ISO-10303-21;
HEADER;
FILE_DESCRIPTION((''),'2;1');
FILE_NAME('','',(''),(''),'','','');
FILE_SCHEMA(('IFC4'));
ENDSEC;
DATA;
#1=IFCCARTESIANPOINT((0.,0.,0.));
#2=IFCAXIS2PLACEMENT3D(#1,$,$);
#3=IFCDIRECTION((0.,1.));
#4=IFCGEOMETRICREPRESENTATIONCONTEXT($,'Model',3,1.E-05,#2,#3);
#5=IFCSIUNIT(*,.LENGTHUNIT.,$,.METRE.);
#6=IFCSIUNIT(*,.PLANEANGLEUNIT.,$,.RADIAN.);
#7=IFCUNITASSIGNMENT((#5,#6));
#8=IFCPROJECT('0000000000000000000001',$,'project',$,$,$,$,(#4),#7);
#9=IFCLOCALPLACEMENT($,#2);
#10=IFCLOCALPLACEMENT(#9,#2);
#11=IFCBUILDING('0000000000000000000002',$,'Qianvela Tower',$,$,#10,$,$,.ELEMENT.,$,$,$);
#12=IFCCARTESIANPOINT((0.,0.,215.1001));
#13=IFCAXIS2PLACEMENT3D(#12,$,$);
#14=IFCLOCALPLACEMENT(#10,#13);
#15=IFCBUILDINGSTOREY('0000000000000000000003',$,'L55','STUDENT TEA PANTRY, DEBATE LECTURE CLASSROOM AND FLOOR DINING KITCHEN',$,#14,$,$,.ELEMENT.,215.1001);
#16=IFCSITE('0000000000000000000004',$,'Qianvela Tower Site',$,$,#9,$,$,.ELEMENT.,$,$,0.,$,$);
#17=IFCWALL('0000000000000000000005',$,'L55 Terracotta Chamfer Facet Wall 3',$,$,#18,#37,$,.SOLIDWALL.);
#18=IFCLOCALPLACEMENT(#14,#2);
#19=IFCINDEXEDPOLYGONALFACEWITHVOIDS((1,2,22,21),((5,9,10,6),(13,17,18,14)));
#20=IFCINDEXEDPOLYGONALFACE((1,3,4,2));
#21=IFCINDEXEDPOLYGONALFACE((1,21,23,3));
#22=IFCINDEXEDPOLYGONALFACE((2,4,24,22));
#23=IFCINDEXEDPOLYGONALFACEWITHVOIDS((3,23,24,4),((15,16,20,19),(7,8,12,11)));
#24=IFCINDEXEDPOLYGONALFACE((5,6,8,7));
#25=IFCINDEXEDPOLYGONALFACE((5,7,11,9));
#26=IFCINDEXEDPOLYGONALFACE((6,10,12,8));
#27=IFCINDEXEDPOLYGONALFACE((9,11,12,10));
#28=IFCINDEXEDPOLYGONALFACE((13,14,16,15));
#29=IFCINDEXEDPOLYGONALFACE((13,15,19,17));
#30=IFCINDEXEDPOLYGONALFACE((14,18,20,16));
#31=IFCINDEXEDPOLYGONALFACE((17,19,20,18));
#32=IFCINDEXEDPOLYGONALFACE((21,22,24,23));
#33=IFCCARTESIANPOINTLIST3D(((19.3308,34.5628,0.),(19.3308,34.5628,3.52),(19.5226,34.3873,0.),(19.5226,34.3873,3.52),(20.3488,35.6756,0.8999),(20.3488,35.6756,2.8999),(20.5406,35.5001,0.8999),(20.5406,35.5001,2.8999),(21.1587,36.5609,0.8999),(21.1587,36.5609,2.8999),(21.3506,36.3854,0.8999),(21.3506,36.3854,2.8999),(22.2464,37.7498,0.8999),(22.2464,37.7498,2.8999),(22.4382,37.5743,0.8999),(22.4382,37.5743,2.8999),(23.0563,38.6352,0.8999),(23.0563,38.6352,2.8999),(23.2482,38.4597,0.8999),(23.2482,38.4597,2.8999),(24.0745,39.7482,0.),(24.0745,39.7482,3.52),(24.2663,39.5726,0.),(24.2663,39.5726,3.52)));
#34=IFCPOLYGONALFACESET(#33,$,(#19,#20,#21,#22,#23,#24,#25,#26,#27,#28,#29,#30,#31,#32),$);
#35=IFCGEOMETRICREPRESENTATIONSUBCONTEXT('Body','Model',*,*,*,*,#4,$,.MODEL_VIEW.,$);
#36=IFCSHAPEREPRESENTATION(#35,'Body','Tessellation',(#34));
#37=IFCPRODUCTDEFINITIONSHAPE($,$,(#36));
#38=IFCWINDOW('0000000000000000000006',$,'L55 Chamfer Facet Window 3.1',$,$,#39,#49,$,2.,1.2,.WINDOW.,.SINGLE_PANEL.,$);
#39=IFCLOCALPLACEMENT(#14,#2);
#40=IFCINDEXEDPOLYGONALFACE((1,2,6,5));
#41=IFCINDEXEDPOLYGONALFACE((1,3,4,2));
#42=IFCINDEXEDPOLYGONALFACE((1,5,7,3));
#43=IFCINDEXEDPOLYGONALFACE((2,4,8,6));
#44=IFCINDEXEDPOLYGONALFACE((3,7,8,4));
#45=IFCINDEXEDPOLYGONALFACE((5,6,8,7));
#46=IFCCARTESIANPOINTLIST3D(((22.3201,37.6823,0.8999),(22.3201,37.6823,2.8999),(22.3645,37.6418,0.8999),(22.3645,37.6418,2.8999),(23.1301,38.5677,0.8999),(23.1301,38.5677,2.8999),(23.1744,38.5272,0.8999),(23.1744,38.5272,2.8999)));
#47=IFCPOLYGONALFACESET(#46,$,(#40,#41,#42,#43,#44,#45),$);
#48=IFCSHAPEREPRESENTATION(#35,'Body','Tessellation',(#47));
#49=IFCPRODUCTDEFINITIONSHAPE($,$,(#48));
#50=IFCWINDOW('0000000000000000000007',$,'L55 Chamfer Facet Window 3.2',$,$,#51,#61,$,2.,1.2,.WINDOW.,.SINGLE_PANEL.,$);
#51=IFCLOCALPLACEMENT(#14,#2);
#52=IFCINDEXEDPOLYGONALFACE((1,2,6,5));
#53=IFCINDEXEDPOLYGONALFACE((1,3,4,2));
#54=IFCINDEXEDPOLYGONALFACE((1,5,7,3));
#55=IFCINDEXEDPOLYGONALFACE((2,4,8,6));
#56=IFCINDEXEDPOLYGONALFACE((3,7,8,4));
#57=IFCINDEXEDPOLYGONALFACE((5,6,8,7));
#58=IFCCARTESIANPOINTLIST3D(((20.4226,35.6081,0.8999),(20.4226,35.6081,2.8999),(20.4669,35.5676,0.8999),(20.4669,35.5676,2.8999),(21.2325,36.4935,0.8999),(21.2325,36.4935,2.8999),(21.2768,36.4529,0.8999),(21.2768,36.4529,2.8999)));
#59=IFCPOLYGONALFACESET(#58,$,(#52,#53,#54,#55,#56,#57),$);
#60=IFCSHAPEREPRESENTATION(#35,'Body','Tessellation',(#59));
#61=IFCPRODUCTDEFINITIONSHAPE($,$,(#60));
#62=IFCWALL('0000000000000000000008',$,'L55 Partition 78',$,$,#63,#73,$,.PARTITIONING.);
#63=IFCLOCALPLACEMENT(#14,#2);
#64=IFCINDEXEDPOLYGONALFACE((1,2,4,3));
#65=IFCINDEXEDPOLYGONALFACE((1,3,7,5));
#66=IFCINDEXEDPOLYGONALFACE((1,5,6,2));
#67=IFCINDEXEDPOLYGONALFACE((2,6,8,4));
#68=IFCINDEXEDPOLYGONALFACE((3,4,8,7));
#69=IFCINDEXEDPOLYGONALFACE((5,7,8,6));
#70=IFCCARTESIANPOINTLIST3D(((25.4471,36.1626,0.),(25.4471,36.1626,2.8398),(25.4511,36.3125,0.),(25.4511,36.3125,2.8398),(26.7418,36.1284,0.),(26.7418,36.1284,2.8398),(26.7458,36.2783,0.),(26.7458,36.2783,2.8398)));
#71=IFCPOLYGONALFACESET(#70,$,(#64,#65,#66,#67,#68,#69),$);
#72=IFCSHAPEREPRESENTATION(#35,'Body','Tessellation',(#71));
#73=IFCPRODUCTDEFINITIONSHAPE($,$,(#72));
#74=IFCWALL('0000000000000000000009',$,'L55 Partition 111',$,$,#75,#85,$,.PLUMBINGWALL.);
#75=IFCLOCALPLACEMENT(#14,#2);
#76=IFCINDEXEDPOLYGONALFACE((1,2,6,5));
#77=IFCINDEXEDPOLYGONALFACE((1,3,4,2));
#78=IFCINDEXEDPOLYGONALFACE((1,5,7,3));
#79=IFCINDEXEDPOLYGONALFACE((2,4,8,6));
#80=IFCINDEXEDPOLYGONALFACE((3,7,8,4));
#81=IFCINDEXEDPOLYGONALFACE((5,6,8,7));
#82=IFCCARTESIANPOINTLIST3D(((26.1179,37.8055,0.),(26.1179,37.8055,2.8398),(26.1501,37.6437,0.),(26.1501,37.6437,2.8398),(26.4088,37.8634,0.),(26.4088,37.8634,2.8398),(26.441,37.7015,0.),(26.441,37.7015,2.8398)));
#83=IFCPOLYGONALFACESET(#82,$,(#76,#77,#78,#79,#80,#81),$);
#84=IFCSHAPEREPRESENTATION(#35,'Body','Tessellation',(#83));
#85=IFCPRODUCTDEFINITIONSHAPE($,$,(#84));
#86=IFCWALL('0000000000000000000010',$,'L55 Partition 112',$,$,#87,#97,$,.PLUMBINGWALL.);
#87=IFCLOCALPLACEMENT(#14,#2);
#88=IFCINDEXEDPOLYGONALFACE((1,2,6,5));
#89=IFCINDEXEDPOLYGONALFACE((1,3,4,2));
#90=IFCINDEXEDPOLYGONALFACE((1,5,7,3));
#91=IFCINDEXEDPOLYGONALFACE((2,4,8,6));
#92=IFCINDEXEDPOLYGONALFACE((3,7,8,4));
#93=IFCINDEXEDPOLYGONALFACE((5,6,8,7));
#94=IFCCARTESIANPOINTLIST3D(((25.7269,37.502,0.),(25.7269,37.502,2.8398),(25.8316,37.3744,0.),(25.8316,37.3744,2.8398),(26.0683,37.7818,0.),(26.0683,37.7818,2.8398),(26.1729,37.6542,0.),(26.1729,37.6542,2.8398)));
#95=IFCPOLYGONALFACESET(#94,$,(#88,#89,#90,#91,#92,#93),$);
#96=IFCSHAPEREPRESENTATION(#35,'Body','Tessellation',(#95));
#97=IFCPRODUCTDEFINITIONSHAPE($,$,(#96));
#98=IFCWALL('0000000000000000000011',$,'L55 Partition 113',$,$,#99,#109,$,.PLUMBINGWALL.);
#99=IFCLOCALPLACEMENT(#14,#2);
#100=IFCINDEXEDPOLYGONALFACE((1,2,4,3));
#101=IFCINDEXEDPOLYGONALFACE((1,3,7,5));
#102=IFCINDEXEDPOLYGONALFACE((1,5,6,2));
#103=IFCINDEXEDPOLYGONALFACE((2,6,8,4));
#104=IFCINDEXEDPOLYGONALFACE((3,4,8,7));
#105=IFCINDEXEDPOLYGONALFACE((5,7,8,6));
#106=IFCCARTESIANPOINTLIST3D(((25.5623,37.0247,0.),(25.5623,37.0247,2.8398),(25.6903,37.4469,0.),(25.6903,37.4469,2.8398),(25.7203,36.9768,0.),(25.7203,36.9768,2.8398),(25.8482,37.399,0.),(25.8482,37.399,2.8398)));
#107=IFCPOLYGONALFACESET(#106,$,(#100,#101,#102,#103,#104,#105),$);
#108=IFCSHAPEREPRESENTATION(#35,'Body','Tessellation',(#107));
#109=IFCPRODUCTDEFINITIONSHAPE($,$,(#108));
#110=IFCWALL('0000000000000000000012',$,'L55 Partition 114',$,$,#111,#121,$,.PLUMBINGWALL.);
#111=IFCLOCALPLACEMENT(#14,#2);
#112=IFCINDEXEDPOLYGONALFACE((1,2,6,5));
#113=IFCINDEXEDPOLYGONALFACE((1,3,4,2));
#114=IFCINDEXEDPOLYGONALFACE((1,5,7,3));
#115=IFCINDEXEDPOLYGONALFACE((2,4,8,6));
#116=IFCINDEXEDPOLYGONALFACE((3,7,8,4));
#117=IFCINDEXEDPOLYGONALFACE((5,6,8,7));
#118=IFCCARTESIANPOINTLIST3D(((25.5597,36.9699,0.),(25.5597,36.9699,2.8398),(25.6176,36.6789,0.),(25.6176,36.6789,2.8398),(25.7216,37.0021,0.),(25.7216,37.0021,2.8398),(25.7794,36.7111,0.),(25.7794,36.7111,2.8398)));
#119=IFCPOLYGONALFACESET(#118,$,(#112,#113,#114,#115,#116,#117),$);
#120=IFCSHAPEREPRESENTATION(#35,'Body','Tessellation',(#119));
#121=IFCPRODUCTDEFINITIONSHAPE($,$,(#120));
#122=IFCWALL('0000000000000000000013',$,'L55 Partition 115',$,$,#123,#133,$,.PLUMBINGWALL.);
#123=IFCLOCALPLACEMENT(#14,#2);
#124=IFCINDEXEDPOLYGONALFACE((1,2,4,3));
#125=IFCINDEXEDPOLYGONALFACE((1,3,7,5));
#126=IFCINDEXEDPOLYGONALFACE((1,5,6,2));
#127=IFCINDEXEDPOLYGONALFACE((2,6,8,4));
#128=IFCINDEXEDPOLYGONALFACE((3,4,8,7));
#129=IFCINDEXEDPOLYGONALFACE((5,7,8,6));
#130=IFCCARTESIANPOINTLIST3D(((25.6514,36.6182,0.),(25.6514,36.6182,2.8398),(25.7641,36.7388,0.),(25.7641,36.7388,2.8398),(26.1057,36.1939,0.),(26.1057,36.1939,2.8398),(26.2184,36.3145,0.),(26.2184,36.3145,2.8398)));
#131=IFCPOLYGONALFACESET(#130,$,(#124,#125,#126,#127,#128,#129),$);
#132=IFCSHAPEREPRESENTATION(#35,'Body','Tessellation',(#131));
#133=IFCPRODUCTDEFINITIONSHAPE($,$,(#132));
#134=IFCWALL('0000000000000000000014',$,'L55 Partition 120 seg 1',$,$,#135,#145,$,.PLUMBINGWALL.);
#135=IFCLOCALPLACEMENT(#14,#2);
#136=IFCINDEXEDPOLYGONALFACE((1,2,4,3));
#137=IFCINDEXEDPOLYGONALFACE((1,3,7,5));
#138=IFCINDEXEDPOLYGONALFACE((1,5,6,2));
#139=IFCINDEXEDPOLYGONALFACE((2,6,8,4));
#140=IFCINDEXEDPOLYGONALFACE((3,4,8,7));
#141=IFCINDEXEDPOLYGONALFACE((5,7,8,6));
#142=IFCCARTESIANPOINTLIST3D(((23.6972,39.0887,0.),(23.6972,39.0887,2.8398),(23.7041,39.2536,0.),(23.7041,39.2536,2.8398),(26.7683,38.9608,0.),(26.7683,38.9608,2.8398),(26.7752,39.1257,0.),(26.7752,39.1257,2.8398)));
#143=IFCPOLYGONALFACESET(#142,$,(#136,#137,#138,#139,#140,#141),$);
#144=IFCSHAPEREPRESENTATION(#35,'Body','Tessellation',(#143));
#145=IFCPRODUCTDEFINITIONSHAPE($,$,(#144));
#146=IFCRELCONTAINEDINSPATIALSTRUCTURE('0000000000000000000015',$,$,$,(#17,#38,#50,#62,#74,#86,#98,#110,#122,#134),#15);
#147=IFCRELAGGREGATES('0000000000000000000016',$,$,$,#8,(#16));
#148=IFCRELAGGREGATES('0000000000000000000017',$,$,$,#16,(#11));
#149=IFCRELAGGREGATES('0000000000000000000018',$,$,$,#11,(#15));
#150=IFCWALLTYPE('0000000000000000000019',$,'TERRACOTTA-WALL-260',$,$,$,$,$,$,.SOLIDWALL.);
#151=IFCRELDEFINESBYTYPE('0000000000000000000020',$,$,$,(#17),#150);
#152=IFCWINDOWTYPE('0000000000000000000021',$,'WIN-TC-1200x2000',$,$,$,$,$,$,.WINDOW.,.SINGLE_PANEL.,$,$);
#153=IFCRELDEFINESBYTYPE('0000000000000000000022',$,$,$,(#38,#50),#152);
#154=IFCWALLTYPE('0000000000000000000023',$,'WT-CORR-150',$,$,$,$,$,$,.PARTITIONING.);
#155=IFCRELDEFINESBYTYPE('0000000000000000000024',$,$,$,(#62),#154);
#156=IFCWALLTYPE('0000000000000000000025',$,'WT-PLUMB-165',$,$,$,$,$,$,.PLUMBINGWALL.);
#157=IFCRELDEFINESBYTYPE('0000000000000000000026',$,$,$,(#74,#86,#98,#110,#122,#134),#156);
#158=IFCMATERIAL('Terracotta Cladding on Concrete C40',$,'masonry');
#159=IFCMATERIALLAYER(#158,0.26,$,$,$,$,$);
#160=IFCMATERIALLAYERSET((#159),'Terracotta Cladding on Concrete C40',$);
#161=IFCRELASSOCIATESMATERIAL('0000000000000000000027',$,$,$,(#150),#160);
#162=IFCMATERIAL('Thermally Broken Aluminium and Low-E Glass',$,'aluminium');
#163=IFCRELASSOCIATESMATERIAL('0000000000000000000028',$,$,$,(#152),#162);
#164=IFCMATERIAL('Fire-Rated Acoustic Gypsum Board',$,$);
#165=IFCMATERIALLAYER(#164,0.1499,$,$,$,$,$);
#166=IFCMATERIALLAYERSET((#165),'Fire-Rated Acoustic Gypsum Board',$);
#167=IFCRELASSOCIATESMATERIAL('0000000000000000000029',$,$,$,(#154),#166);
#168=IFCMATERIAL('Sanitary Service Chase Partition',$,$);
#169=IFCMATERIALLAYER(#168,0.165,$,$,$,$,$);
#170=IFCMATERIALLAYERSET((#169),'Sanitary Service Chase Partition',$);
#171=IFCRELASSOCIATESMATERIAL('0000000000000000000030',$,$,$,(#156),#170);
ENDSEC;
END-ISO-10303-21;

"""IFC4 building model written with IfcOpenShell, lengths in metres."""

from ifc_helpers import new_model, si_unit, direction, frame, frame_2d, origin, place, context, subcontext, project, spatial, rectangle, extrude, material, layer, layer_set, type_object, element, fill, save


model = new_model("IFC4")

# Units and contexts
model_context = context("Model", 3, precision=1e-05, world=origin(), true_north=direction((0.0, 1.0)))
body_context = subcontext(model_context, "Body", "Model", "MODEL_VIEW")
ifc_project = project(units=[si_unit("LENGTHUNIT", "METRE"), si_unit("PLANEANGLEUNIT", "RADIAN")], contexts=[model_context])

# Site, building, storey
site_placement = place(None, origin())
site = spatial("IfcSite", under=ifc_project, at=site_placement, Name="Qianvela Tower Site", CompositionType="ELEMENT", RefElevation=0.0)
building_placement = place(site_placement, origin())
building = spatial("IfcBuilding", under=site, at=building_placement, Name="Qianvela Tower", CompositionType="ELEMENT")
storey_placement = place(building_placement, frame((0.0, 0.0, 215.1001)))
storey = spatial("IfcBuildingStorey", under=building, at=storey_placement, Name="L55", Description="STUDENT TEA PANTRY, DEBATE LECTURE CLASSROOM AND FLOOR DINING KITCHEN", CompositionType="ELEMENT", Elevation=215.1001)

# Wall, openings, windows
ifc_material_1 = material(Name="Terracotta Cladding on Concrete C40", Category="masonry")
ifc_layer_1 = layer(ifc_material_1, 0.26)
ifc_layer_set_1 = layer_set([ifc_layer_1], Name="Terracotta Cladding on Concrete C40")
wall_type_1 = type_object("IfcWallType", Name="TERRACOTTA-WALL-260", PredefinedType="SOLIDWALL", material=ifc_layer_set_1)
wall_1_placement = place(storey_placement, frame((24.1704, 39.6604, 0.0), z_axis=(0.0, 0.0, 1.0), x_axis=(-0.674987, -0.73783, 0.0)))
wall_1 = element("IfcWall", 1, at=wall_1_placement, inside=storey, type_object=wall_type_1, Name="L55 Terracotta Chamfer Facet Wall 3", PredefinedType="SOLIDWALL", context=body_context, shape_type="SweptSolid", body=[
    extrude(rectangle(XDim=7.0278, YDim=0.26, at=frame_2d((3.5139, 0.0))), origin(), (0.0, 0.0, 1.0), 3.52),
])
opening_1_placement = place(wall_1_placement, frame((1.5083, 0.0, 0.8999)))
opening_1 = element("IfcOpeningElement", 2, at=opening_1_placement, cuts=wall_1, PredefinedType="OPENING", context=body_context, shape_type="SweptSolid", body=[
    extrude(rectangle(XDim=1.2, YDim=2.0, at=frame_2d((0.6001, 1.0))), frame((0.0, 0.1399, 0.0), z_axis=(0.0, -1.0, 0.0), x_axis=(1.0, 0.0, 0.0)), (0.0, 0.0, 1.0), 0.28),
])
opening_2_placement = place(wall_1_placement, frame((4.3196, 0.0, 0.8999)))
opening_2 = element("IfcOpeningElement", 3, at=opening_2_placement, cuts=wall_1, PredefinedType="OPENING", context=body_context, shape_type="SweptSolid", body=[
    extrude(rectangle(XDim=1.2, YDim=2.0, at=frame_2d((0.6001, 1.0))), frame((0.0, 0.1399, 0.0), z_axis=(0.0, -1.0, 0.0), x_axis=(1.0, 0.0, 0.0)), (0.0, 0.0, 1.0), 0.28),
])
ifc_material_2 = material(Name="Thermally Broken Aluminium and Low-E Glass", Category="aluminium")
window_type = type_object("IfcWindowType", Name="WIN-TC-1200x2000", PartitioningType="SINGLE_PANEL", PredefinedType="WINDOW", material=ifc_material_2)
window_1_placement = place(opening_1_placement, origin())
window_1 = element("IfcWindow", 4, at=window_1_placement, inside=storey, type_object=window_type, Name="L55 Chamfer Facet Window 3.1", OverallHeight=2.0, OverallWidth=1.2, PartitioningType="SINGLE_PANEL", PredefinedType="WINDOW", context=body_context, shape_type="SweptSolid", body=[
    extrude(rectangle(XDim=1.2, YDim=2.0, at=frame_2d((0.6001, 1.0))), frame((0.0, 0.03, 0.0), z_axis=(0.0, -1.0, 0.0), x_axis=(1.0, 0.0, 0.0)), (0.0, 0.0, 1.0), 0.0601),
])
fill(opening_1, window_1)
window_2_placement = place(opening_2_placement, origin())
window_2 = element("IfcWindow", 5, at=window_2_placement, inside=storey, type_object=window_type, Name="L55 Chamfer Facet Window 3.2", OverallHeight=2.0, OverallWidth=1.2, PartitioningType="SINGLE_PANEL", PredefinedType="WINDOW", context=body_context, shape_type="SweptSolid", body=[
    extrude(rectangle(XDim=1.2, YDim=2.0, at=frame_2d((0.6001, 1.0))), frame((0.0, 0.03, 0.0), z_axis=(0.0, -1.0, 0.0), x_axis=(1.0, 0.0, 0.0)), (0.0, 0.0, 1.0), 0.0601),
])
fill(opening_2, window_2)

# Walls
ifc_material_3 = material(Name="Fire-Rated Acoustic Gypsum Board")
ifc_layer_2 = layer(ifc_material_3, 0.1499)
ifc_layer_set_2 = layer_set([ifc_layer_2], Name="Fire-Rated Acoustic Gypsum Board")
wall_type_2 = type_object("IfcWallType", Name="WT-CORR-150", PredefinedType="PARTITIONING", material=ifc_layer_set_2)
wall_2_placement = place(storey_placement, frame((25.4492, 36.2375, 0.0), z_axis=(0.0, 0.0, 1.0), x_axis=(0.999652, -0.026391, 0.0)))
element("IfcWall", 6, at=wall_2_placement, inside=storey, type_object=wall_type_2, Name="L55 Partition 78", PredefinedType="PARTITIONING", context=body_context, shape_type="SweptSolid", body=[
    extrude(rectangle(XDim=1.2952, YDim=0.1499, at=frame_2d((0.6475, 0.0))), origin(), (0.0, 0.0, 1.0), 2.8398),
])
ifc_material_4 = material(Name="Sanitary Service Chase Partition")
ifc_layer_3 = layer(ifc_material_4, 0.165)
ifc_layer_set_3 = layer_set([ifc_layer_3], Name="Sanitary Service Chase Partition")
wall_type_3 = type_object("IfcWallType", Name="WT-PLUMB-165", PredefinedType="PLUMBINGWALL", material=ifc_layer_set_3)
wall_3_placement = place(storey_placement, frame((26.425, 37.7825, 0.0), z_axis=(0.0, 0.0, 1.0), x_axis=(-0.980802, -0.195008, 0.0)))
element("IfcWall", 7, at=wall_3_placement, inside=storey, type_object=wall_type_3, Name="L55 Partition 111", PredefinedType="PLUMBINGWALL", context=body_context, shape_type="SweptSolid", body=[
    extrude(rectangle(XDim=0.2966, YDim=0.165, at=frame_2d((0.1484, 0.0))), origin(), (0.0, 0.0, 1.0), 2.8398),
])
wall_4_placement = place(storey_placement, frame((26.1206, 37.718, 0.0), z_axis=(0.0, 0.0, 1.0), x_axis=(-0.773365, -0.633961, 0.0)))
element("IfcWall", 8, at=wall_4_placement, inside=storey, type_object=wall_type_3, Name="L55 Partition 112", PredefinedType="PLUMBINGWALL", context=body_context, shape_type="SweptSolid", body=[
    extrude(rectangle(XDim=0.4414, YDim=0.165, at=frame_2d((0.2207, 0.0))), origin(), (0.0, 0.0, 1.0), 2.8398),
])
wall_5_placement = place(storey_placement, frame((25.7693, 37.4231, 0.0), z_axis=(0.0, 0.0, 1.0), x_axis=(-0.290038, -0.957015, 0.0)))
element("IfcWall", 9, at=wall_5_placement, inside=storey, type_object=wall_type_3, Name="L55 Partition 113", PredefinedType="PLUMBINGWALL", context=body_context, shape_type="SweptSolid", body=[
    extrude(rectangle(XDim=0.4412, YDim=0.165, at=frame_2d((0.2207, 0.0))), origin(), (0.0, 0.0, 1.0), 2.8398),
])
wall_6_placement = place(storey_placement, frame((25.6406, 36.9861, 0.0), z_axis=(0.0, 0.0, 1.0), x_axis=(0.195008, -0.980802, 0.0)))
element("IfcWall", 10, at=wall_6_placement, inside=storey, type_object=wall_type_3, Name="L55 Partition 114", PredefinedType="PLUMBINGWALL", context=body_context, shape_type="SweptSolid", body=[
    extrude(rectangle(XDim=0.2966, YDim=0.165, at=frame_2d((0.1484, 0.0))), origin(), (0.0, 0.0, 1.0), 2.8398),
])
wall_7_placement = place(storey_placement, frame((25.7078, 36.6785, 0.0), z_axis=(0.0, 0.0, 1.0), x_axis=(0.730846, -0.682542, 0.0)))
element("IfcWall", 11, at=wall_7_placement, inside=storey, type_object=wall_type_3, Name="L55 Partition 115", PredefinedType="PLUMBINGWALL", context=body_context, shape_type="SweptSolid", body=[
    extrude(rectangle(XDim=0.6216, YDim=0.165, at=frame_2d((0.3108, 0.0))), origin(), (0.0, 0.0, 1.0), 2.8398),
])
wall_8_placement = place(storey_placement, frame((23.7007, 39.1711, 0.0), z_axis=(0.0, 0.0, 1.0), x_axis=(0.999133, -0.041621, 0.0)))
element("IfcWall", 12, at=wall_8_placement, inside=storey, type_object=wall_type_3, Name="L55 Partition 120 seg 1", PredefinedType="PLUMBINGWALL", context=body_context, shape_type="SweptSolid", body=[
    extrude(rectangle(XDim=3.0737, YDim=0.165, at=frame_2d((1.5369, 0.0))), origin(), (0.0, 0.0, 1.0), 2.8398),
])

save(model, "model.ifc")
